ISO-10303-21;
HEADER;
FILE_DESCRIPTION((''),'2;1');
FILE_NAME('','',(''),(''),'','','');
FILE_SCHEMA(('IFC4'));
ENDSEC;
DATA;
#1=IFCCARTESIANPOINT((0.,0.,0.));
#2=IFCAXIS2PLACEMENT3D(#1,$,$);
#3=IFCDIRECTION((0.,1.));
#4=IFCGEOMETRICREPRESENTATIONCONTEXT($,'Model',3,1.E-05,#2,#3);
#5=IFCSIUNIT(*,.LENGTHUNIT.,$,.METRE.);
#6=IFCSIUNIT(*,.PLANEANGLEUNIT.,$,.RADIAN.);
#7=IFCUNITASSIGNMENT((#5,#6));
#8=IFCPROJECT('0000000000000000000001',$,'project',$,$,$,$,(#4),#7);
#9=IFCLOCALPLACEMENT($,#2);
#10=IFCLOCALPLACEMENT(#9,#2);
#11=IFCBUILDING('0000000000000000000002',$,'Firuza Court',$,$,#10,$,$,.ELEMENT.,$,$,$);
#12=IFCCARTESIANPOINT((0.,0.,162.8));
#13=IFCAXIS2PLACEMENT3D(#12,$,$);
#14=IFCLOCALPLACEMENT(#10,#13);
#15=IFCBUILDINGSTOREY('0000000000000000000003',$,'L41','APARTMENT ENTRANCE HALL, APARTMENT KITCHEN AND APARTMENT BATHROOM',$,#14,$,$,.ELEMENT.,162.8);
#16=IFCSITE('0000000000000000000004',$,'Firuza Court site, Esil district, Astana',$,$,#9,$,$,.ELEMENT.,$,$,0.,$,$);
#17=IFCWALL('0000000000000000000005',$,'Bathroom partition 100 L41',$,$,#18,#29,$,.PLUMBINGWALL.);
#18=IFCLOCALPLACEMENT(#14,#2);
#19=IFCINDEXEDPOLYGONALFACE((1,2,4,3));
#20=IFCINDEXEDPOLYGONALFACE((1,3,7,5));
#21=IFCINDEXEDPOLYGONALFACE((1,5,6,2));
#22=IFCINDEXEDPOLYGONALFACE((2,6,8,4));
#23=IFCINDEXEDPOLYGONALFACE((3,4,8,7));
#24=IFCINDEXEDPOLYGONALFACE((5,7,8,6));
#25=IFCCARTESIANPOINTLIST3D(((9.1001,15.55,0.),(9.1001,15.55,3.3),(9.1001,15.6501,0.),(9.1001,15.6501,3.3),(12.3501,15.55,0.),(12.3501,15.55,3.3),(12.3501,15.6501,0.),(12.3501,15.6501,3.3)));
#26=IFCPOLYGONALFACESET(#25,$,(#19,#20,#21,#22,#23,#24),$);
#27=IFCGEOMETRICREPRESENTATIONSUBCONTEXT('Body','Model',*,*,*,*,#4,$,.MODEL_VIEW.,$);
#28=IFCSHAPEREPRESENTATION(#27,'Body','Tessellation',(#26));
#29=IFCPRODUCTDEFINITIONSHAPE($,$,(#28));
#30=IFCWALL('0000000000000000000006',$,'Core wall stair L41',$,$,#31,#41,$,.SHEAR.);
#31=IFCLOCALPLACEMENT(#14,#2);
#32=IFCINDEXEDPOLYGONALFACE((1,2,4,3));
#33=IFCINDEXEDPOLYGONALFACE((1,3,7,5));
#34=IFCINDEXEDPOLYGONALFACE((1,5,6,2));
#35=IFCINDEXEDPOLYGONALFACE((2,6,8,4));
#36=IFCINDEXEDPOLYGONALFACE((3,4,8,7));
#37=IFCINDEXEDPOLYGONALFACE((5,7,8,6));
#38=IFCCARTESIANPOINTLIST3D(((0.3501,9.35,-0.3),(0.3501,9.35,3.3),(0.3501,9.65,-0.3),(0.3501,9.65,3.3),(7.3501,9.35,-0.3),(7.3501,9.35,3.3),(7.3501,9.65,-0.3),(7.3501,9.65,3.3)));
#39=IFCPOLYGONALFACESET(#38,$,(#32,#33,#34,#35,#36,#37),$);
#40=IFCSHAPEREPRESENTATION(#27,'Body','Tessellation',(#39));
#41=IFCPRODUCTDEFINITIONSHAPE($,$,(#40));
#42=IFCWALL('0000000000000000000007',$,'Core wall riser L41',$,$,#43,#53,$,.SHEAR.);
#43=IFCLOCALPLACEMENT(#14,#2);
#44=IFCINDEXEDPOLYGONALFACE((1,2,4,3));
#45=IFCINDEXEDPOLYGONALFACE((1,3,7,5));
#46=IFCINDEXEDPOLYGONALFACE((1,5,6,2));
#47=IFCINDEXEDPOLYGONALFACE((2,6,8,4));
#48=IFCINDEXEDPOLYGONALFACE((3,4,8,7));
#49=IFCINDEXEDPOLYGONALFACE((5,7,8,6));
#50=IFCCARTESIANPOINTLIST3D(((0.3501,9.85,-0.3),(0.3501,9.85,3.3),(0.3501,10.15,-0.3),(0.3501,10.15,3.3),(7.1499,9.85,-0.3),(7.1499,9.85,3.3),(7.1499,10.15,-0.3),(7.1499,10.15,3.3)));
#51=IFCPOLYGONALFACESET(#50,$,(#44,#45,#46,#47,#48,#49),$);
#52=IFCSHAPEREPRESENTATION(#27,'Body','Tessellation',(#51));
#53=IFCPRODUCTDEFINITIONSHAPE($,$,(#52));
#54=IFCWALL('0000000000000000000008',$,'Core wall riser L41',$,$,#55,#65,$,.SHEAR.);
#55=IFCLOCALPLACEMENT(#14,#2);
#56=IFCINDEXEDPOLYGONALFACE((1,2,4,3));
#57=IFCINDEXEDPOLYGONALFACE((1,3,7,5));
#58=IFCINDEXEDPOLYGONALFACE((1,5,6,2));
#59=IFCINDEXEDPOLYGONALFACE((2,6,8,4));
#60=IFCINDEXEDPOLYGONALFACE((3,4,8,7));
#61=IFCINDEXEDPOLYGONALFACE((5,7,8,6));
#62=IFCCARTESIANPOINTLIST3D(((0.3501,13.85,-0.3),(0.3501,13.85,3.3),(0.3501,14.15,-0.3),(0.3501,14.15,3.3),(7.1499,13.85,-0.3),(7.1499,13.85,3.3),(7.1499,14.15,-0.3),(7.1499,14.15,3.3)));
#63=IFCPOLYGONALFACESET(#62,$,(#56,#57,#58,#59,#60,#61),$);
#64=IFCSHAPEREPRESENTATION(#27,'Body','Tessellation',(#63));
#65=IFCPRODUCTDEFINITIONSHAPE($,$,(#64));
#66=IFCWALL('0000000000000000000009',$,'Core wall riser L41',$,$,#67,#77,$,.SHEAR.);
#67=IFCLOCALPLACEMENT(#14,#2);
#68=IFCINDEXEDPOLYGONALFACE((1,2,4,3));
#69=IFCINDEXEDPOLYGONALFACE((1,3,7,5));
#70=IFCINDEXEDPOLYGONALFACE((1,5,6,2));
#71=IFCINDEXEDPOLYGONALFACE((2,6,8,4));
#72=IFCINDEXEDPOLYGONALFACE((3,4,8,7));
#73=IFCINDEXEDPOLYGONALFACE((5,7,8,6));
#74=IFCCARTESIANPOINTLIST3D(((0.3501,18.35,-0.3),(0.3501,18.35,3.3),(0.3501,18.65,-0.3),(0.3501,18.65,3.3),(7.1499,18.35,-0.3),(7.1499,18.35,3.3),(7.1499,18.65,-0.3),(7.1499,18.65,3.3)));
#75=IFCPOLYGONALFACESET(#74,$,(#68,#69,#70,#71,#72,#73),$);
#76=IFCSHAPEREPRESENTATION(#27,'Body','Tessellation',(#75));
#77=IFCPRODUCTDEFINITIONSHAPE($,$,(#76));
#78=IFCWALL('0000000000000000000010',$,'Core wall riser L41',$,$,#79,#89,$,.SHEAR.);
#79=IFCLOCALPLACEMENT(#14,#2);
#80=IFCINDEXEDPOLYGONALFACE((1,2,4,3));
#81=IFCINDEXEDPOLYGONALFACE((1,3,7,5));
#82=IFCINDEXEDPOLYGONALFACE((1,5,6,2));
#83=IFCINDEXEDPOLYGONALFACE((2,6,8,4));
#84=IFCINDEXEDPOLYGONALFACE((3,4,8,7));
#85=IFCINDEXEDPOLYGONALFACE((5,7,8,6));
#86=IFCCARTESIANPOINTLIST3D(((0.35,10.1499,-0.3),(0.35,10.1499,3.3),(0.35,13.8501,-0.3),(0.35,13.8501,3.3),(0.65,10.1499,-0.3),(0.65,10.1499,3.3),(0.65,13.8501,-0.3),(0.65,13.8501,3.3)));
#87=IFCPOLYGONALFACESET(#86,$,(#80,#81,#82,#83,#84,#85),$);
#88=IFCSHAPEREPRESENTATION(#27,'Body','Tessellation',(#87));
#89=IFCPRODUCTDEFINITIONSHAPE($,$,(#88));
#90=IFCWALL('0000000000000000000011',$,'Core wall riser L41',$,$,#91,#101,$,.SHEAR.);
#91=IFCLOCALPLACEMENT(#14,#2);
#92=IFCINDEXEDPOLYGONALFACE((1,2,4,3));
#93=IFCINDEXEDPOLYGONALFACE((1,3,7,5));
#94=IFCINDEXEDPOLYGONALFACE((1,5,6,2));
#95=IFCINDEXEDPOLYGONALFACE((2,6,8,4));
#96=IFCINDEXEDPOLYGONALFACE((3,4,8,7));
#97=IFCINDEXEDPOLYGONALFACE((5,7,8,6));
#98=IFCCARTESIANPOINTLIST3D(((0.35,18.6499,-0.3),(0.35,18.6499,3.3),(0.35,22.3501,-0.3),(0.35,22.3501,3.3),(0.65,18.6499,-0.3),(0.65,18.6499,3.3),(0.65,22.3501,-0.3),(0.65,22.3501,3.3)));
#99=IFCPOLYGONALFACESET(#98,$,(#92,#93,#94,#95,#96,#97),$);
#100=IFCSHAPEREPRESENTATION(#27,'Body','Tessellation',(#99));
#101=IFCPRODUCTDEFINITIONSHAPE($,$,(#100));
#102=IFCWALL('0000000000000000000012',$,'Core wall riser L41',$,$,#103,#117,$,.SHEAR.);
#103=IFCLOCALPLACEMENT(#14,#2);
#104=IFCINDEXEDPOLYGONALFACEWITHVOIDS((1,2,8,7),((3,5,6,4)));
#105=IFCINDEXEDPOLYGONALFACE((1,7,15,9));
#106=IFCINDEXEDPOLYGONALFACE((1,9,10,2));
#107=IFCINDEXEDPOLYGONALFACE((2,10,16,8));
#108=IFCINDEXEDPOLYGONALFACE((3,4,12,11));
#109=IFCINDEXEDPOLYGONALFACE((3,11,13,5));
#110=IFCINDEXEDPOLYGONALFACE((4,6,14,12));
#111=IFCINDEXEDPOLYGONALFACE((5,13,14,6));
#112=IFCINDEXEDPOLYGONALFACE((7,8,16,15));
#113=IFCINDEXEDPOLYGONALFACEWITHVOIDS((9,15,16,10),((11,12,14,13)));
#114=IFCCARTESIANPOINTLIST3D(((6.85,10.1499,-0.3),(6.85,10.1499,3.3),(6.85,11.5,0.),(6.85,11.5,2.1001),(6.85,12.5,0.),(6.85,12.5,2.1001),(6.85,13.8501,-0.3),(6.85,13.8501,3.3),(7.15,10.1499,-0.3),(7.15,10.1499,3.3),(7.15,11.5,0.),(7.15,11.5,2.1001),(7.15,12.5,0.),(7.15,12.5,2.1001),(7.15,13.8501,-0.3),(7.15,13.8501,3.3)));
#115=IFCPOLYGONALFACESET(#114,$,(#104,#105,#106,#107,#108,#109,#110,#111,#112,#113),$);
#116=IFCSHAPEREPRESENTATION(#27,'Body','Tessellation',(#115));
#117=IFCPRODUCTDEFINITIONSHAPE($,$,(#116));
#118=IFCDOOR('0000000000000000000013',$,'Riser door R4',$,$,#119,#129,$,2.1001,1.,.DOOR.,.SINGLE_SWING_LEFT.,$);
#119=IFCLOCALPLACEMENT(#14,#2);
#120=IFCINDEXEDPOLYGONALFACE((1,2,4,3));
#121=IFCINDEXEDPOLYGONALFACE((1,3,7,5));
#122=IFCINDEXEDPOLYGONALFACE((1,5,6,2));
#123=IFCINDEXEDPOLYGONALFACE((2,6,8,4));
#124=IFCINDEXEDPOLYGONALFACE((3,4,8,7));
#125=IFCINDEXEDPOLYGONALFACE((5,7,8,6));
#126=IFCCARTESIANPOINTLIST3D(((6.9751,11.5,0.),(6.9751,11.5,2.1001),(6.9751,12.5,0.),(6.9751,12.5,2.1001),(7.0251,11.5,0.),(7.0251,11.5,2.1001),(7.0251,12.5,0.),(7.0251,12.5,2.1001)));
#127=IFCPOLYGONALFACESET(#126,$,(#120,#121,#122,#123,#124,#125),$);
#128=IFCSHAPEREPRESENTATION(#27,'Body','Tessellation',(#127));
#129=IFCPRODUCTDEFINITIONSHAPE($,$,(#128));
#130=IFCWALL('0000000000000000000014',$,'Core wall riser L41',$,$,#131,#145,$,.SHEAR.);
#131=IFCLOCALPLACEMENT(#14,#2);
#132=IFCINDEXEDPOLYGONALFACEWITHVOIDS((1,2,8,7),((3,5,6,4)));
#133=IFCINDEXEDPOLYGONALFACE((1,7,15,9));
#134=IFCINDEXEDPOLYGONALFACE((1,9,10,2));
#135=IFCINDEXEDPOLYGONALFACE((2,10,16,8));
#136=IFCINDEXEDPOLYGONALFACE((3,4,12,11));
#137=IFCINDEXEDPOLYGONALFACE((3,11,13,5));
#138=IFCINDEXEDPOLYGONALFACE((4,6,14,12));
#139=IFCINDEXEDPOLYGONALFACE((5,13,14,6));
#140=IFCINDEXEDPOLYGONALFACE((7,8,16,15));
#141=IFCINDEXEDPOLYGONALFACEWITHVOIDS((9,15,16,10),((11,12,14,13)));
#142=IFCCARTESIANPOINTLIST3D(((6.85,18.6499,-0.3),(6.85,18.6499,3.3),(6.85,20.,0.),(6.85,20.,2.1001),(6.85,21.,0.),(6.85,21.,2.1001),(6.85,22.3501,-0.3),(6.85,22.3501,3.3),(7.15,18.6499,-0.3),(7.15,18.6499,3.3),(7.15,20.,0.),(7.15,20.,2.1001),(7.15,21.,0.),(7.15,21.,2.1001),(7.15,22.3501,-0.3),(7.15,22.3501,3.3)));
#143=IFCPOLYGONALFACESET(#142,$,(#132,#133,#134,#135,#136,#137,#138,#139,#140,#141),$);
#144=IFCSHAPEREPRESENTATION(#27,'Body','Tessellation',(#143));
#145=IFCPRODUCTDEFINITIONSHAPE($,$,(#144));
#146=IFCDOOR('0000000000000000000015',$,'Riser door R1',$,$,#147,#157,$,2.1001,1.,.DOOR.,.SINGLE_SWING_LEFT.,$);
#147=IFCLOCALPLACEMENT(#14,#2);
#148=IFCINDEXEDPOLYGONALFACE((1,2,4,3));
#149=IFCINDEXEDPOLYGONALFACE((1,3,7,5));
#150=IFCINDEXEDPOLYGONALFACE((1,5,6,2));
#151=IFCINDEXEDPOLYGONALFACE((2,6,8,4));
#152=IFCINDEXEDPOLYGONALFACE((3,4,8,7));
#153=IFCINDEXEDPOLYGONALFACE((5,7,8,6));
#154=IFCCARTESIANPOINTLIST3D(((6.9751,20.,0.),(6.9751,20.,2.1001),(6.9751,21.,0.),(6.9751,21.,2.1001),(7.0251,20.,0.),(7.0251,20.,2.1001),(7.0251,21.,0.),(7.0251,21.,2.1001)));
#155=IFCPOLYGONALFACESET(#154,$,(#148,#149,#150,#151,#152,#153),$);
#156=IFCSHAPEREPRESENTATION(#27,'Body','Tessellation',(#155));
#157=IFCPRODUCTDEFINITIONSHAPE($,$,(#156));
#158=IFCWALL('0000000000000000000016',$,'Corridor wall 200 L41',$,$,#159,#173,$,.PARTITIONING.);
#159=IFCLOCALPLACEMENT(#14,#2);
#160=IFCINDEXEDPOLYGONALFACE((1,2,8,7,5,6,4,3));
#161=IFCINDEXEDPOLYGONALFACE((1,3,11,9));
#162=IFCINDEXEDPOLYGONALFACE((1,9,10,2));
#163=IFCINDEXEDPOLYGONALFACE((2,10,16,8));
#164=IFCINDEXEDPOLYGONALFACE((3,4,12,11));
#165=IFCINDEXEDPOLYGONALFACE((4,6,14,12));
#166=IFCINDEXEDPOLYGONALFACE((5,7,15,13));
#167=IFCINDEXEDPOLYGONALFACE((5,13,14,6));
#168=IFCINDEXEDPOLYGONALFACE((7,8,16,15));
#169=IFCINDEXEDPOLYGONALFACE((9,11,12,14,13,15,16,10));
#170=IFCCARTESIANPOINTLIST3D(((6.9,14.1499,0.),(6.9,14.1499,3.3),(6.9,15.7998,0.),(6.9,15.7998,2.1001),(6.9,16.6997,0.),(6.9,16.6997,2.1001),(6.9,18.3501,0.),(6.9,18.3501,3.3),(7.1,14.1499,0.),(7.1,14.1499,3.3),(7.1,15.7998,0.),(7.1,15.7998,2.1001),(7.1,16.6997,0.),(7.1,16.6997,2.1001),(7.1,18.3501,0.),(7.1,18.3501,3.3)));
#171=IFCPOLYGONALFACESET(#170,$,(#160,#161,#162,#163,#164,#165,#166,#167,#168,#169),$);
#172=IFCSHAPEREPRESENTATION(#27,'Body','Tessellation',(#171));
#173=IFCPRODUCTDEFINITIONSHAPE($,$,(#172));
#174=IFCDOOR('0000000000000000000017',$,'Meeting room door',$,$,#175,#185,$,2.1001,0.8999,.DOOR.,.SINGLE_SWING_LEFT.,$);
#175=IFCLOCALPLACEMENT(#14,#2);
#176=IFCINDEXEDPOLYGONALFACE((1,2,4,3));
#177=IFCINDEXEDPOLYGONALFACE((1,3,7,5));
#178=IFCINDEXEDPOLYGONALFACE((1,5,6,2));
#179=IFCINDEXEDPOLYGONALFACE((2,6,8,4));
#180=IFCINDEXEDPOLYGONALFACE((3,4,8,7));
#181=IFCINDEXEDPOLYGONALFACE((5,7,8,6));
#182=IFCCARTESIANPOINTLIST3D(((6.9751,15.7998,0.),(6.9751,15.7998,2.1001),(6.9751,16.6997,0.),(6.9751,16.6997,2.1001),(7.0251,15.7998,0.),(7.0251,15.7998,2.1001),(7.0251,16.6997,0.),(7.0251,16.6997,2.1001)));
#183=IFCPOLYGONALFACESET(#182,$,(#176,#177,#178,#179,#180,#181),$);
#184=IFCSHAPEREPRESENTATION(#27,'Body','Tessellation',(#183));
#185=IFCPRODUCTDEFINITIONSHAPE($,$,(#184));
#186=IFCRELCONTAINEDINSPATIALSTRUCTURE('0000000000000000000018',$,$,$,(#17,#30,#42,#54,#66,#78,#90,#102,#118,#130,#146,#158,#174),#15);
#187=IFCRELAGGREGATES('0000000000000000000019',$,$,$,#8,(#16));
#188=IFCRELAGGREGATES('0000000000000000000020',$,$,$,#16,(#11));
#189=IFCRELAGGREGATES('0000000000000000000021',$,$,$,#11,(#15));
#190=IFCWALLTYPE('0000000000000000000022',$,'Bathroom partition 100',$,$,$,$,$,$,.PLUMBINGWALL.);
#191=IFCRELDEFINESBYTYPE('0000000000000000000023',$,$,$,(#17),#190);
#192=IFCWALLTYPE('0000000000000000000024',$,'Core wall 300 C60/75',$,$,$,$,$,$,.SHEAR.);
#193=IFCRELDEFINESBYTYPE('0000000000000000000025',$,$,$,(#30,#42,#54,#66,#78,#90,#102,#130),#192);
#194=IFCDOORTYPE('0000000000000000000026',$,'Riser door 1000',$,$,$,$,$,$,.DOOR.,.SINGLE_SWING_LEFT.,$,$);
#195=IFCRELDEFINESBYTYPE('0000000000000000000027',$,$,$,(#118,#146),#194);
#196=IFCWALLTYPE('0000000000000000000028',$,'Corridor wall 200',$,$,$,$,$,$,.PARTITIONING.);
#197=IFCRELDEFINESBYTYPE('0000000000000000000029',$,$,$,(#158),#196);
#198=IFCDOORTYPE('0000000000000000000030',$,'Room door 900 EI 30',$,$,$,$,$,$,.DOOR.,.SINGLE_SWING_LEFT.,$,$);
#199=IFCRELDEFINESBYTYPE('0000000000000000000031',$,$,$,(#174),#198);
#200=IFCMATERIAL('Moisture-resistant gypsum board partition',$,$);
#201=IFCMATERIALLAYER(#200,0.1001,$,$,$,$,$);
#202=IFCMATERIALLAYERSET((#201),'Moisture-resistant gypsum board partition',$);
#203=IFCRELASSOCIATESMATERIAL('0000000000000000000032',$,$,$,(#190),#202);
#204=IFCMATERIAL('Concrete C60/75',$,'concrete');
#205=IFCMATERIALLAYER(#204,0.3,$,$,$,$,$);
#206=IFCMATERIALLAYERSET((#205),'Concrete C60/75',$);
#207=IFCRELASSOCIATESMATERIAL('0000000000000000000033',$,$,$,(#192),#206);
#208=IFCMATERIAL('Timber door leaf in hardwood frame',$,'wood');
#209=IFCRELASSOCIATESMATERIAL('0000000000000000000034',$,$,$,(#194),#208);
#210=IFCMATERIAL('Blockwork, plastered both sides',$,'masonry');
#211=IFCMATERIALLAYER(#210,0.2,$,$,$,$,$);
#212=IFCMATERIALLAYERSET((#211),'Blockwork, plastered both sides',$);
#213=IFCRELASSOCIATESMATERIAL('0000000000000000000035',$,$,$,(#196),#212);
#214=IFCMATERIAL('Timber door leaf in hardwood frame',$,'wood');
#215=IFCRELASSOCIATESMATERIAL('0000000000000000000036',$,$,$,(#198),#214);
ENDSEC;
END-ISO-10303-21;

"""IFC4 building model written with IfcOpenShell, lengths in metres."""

from ifc_helpers import new_model, si_unit, direction, frame, frame_2d, origin, place, context, subcontext, project, spatial, rectangle, extrude, material, layer, layer_set, type_object, element, fill, save


model = new_model("IFC4")

# Units and contexts
model_context = context("Model", 3, precision=1e-05, world=origin(), true_north=direction((0.0, 1.0)))
body_context = subcontext(model_context, "Body", "Model", "MODEL_VIEW")
ifc_project = project(units=[si_unit("LENGTHUNIT", "METRE"), si_unit("PLANEANGLEUNIT", "RADIAN")], contexts=[model_context])

# Site, building, storey
site_placement = place(None, origin())
site = spatial("IfcSite", under=ifc_project, at=site_placement, Name="Firuza Court site, Esil district, Astana", CompositionType="ELEMENT", RefElevation=0.0)
building_placement = place(site_placement, origin())
building = spatial("IfcBuilding", under=site, at=building_placement, Name="Firuza Court", CompositionType="ELEMENT")
storey_placement = place(building_placement, frame((0.0, 0.0, 162.8)))
storey = spatial("IfcBuildingStorey", under=building, at=storey_placement, Name="L41", Description="APARTMENT ENTRANCE HALL, APARTMENT KITCHEN AND APARTMENT BATHROOM", CompositionType="ELEMENT", Elevation=162.8)

# Walls
ifc_material_1 = material(Name="Moisture-resistant gypsum board partition")
ifc_layer_1 = layer(ifc_material_1, 0.1001)
ifc_layer_set_1 = layer_set([ifc_layer_1], Name="Moisture-resistant gypsum board partition")
wall_type_1 = type_object("IfcWallType", Name="Bathroom partition 100", PredefinedType="PLUMBINGWALL", material=ifc_layer_set_1)
wall_1_placement = place(storey_placement, frame((9.1001, 15.6001, 0.0), z_axis=(0.0, 0.0, 1.0), x_axis=(1.0, 0.0, 0.0)))
element("IfcWall", 1, at=wall_1_placement, inside=storey, type_object=wall_type_1, Name="Bathroom partition 100 L41", PredefinedType="PLUMBINGWALL", context=body_context, shape_type="SweptSolid", body=[
    extrude(rectangle(XDim=3.25, YDim=0.1001, at=frame_2d((1.625, 0.0))), origin(), (0.0, 0.0, 1.0), 3.3),
])
ifc_material_2 = material(Name="Concrete C60/75", Category="concrete")
ifc_layer_2 = layer(ifc_material_2, 0.3)
ifc_layer_set_2 = layer_set([ifc_layer_2], Name="Concrete C60/75")
wall_type_2 = type_object("IfcWallType", Name="Core wall 300 C60/75", PredefinedType="SHEAR", material=ifc_layer_set_2)
wall_2_placement = place(storey_placement, frame((0.3501, 9.5, -0.3), z_axis=(0.0, 0.0, 1.0), x_axis=(1.0, 0.0, 0.0)))
element("IfcWall", 2, at=wall_2_placement, inside=storey, type_object=wall_type_2, Name="Core wall stair L41", PredefinedType="SHEAR", context=body_context, shape_type="SweptSolid", body=[
    extrude(rectangle(XDim=7.0, YDim=0.3, at=frame_2d((3.5, 0.0))), origin(), (0.0, 0.0, 1.0), 3.6001),
])
for number, where, z_axis, x_axis, name in (
    (3, (0.3501, 10.0, -0.3), (0.0, 0.0, 1.0), (1.0, 0.0, 0.0), "Core wall riser L41"),
    (4, (0.3501, 14.0, -0.3), (0.0, 0.0, 1.0), (1.0, 0.0, 0.0), "Core wall riser L41"),
    (5, (0.3501, 18.5, -0.3), (0.0, 0.0, 1.0), (1.0, 0.0, 0.0), "Core wall riser L41"),
):
    element("IfcWall", number, at=place(storey_placement, frame(where, z_axis=z_axis, x_axis=x_axis)), inside=storey, type_object=wall_type_2, Name=name, PredefinedType="SHEAR", context=body_context, shape_type="SweptSolid", body=[
        extrude(rectangle(XDim=6.7998, YDim=0.3, at=frame_2d((3.3999, 0.0))), origin(), (0.0, 0.0, 1.0), 3.6001),
    ])
for number, where, z_axis, x_axis, name in (
    (6, (0.5, 10.1499, -0.3), (0.0, 0.0, 1.0), (0.0, 1.0, 0.0), "Core wall riser L41"),
    (7, (0.5, 18.6499, -0.3), (0.0, 0.0, 1.0), (0.0, 1.0, 0.0), "Core wall riser L41"),
):
    element("IfcWall", number, at=place(storey_placement, frame(where, z_axis=z_axis, x_axis=x_axis)), inside=storey, type_object=wall_type_2, Name=name, PredefinedType="SHEAR", context=body_context, shape_type="SweptSolid", body=[
        extrude(rectangle(XDim=3.7002, YDim=0.3, at=frame_2d((1.8501, 0.0))), origin(), (0.0, 0.0, 1.0), 3.6001),
    ])

# Walls, openings, doors
wall_3_placement = place(storey_placement, frame((7.0, 10.1499, -0.3), z_axis=(0.0, 0.0, 1.0), x_axis=(0.0, 1.0, 0.0)))
wall_3 = element("IfcWall", 8, at=wall_3_placement, inside=storey, type_object=wall_type_2, Name="Core wall riser L41", PredefinedType="SHEAR", context=body_context, shape_type="SweptSolid", body=[
    extrude(rectangle(XDim=3.7002, YDim=0.3, at=frame_2d((1.8501, 0.0))), origin(), (0.0, 0.0, 1.0), 3.6001),
])
opening_1_placement = place(wall_3_placement, frame((1.3501, 0.0, 0.3)))
opening_1 = element("IfcOpeningElement", 9, at=opening_1_placement, cuts=wall_3, PredefinedType="OPENING", context=body_context, shape_type="SweptSolid", body=[
    extrude(rectangle(XDim=1.0, YDim=2.1001, at=frame_2d((0.5, 1.05))), frame((0.0, 0.1621, 0.0), z_axis=(0.0, -1.0, 0.0), x_axis=(1.0, 0.0, 0.0)), (0.0, 0.0, 1.0), 0.324),
])
ifc_material_3 = material(Name="Timber door leaf in hardwood frame", Category="wood")
door_type_1 = type_object("IfcDoorType", Name="Riser door 1000", OperationType="SINGLE_SWING_LEFT", PredefinedType="DOOR", material=ifc_material_3)
door_1_placement = place(opening_1_placement, origin())
door_1 = element("IfcDoor", 10, at=door_1_placement, inside=storey, type_object=door_type_1, Name="Riser door R4", OperationType="SINGLE_SWING_LEFT", OverallHeight=2.1001, OverallWidth=1.0, PredefinedType="DOOR", context=body_context, shape_type="SweptSolid", body=[
    extrude(rectangle(XDim=1.0, YDim=2.1001, at=frame_2d((0.5, 1.05))), frame((0.0, 0.0249, 0.0), z_axis=(0.0, -1.0, 0.0), x_axis=(1.0, 0.0, 0.0)), (0.0, 0.0, 1.0), 0.05),
])
fill(opening_1, door_1)
wall_4_placement = place(storey_placement, frame((7.0, 18.6499, -0.3), z_axis=(0.0, 0.0, 1.0), x_axis=(0.0, 1.0, 0.0)))
wall_4 = element("IfcWall", 11, at=wall_4_placement, inside=storey, type_object=wall_type_2, Name="Core wall riser L41", PredefinedType="SHEAR", context=body_context, shape_type="SweptSolid", body=[
    extrude(rectangle(XDim=3.7002, YDim=0.3, at=frame_2d((1.8501, 0.0))), origin(), (0.0, 0.0, 1.0), 3.6001),
])
opening_2_placement = place(wall_4_placement, frame((1.3501, 0.0, 0.3)))
opening_2 = element("IfcOpeningElement", 12, at=opening_2_placement, cuts=wall_4, PredefinedType="OPENING", context=body_context, shape_type="SweptSolid", body=[
    extrude(rectangle(XDim=1.0, YDim=2.1001, at=frame_2d((0.5, 1.05))), frame((0.0, 0.1621, 0.0), z_axis=(0.0, -1.0, 0.0), x_axis=(1.0, 0.0, 0.0)), (0.0, 0.0, 1.0), 0.324),
])
door_2_placement = place(opening_2_placement, origin())
door_2 = element("IfcDoor", 13, at=door_2_placement, inside=storey, type_object=door_type_1, Name="Riser door R1", OperationType="SINGLE_SWING_LEFT", OverallHeight=2.1001, OverallWidth=1.0, PredefinedType="DOOR", context=body_context, shape_type="SweptSolid", body=[
    extrude(rectangle(XDim=1.0, YDim=2.1001, at=frame_2d((0.5, 1.05))), frame((0.0, 0.0249, 0.0), z_axis=(0.0, -1.0, 0.0), x_axis=(1.0, 0.0, 0.0)), (0.0, 0.0, 1.0), 0.05),
])
fill(opening_2, door_2)
ifc_material_4 = material(Name="Blockwork, plastered both sides", Category="masonry")
ifc_layer_3 = layer(ifc_material_4, 0.2)
ifc_layer_set_3 = layer_set([ifc_layer_3], Name="Blockwork, plastered both sides")
wall_type_3 = type_object("IfcWallType", Name="Corridor wall 200", PredefinedType="PARTITIONING", material=ifc_layer_set_3)
wall_5_placement = place(storey_placement, frame((7.0, 14.1499, 0.0), z_axis=(0.0, 0.0, 1.0), x_axis=(0.0, 1.0, 0.0)))
wall_5 = element("IfcWall", 14, at=wall_5_placement, inside=storey, type_object=wall_type_3, Name="Corridor wall 200 L41", PredefinedType="PARTITIONING", context=body_context, shape_type="SweptSolid", body=[
    extrude(rectangle(XDim=4.2002, YDim=0.2, at=frame_2d((2.1001, 0.0))), origin(), (0.0, 0.0, 1.0), 3.3),
])
opening_3_placement = place(wall_5_placement, frame((1.6499, 0.0, 0.0)))
opening_3 = element("IfcOpeningElement", 15, at=opening_3_placement, cuts=wall_5, PredefinedType="OPENING", context=body_context, shape_type="SweptSolid", body=[
    extrude(rectangle(XDim=0.8999, YDim=2.1001, at=frame_2d((0.45, 1.05))), frame((0.0, 0.1118, 0.0), z_axis=(0.0, -1.0, 0.0), x_axis=(1.0, 0.0, 0.0)), (0.0, 0.0, 1.0), 0.2239),
])
ifc_material_5 = material(Name="Timber door leaf in hardwood frame", Category="wood")
door_type_2 = type_object("IfcDoorType", Name="Room door 900 EI 30", OperationType="SINGLE_SWING_LEFT", PredefinedType="DOOR", material=ifc_material_5)
door_3_placement = place(opening_3_placement, origin())
door_3 = element("IfcDoor", 16, at=door_3_placement, inside=storey, type_object=door_type_2, Name="Meeting room door", OperationType="SINGLE_SWING_LEFT", OverallHeight=2.1001, OverallWidth=0.8999, PredefinedType="DOOR", context=body_context, shape_type="SweptSolid", body=[
    extrude(rectangle(XDim=0.8999, YDim=2.1001, at=frame_2d((0.45, 1.05))), frame((0.0, 0.0249, 0.0), z_axis=(0.0, -1.0, 0.0), x_axis=(1.0, 0.0, 0.0)), (0.0, 0.0, 1.0), 0.05),
])
fill(opening_3, door_3)

save(model, "model.ifc")
